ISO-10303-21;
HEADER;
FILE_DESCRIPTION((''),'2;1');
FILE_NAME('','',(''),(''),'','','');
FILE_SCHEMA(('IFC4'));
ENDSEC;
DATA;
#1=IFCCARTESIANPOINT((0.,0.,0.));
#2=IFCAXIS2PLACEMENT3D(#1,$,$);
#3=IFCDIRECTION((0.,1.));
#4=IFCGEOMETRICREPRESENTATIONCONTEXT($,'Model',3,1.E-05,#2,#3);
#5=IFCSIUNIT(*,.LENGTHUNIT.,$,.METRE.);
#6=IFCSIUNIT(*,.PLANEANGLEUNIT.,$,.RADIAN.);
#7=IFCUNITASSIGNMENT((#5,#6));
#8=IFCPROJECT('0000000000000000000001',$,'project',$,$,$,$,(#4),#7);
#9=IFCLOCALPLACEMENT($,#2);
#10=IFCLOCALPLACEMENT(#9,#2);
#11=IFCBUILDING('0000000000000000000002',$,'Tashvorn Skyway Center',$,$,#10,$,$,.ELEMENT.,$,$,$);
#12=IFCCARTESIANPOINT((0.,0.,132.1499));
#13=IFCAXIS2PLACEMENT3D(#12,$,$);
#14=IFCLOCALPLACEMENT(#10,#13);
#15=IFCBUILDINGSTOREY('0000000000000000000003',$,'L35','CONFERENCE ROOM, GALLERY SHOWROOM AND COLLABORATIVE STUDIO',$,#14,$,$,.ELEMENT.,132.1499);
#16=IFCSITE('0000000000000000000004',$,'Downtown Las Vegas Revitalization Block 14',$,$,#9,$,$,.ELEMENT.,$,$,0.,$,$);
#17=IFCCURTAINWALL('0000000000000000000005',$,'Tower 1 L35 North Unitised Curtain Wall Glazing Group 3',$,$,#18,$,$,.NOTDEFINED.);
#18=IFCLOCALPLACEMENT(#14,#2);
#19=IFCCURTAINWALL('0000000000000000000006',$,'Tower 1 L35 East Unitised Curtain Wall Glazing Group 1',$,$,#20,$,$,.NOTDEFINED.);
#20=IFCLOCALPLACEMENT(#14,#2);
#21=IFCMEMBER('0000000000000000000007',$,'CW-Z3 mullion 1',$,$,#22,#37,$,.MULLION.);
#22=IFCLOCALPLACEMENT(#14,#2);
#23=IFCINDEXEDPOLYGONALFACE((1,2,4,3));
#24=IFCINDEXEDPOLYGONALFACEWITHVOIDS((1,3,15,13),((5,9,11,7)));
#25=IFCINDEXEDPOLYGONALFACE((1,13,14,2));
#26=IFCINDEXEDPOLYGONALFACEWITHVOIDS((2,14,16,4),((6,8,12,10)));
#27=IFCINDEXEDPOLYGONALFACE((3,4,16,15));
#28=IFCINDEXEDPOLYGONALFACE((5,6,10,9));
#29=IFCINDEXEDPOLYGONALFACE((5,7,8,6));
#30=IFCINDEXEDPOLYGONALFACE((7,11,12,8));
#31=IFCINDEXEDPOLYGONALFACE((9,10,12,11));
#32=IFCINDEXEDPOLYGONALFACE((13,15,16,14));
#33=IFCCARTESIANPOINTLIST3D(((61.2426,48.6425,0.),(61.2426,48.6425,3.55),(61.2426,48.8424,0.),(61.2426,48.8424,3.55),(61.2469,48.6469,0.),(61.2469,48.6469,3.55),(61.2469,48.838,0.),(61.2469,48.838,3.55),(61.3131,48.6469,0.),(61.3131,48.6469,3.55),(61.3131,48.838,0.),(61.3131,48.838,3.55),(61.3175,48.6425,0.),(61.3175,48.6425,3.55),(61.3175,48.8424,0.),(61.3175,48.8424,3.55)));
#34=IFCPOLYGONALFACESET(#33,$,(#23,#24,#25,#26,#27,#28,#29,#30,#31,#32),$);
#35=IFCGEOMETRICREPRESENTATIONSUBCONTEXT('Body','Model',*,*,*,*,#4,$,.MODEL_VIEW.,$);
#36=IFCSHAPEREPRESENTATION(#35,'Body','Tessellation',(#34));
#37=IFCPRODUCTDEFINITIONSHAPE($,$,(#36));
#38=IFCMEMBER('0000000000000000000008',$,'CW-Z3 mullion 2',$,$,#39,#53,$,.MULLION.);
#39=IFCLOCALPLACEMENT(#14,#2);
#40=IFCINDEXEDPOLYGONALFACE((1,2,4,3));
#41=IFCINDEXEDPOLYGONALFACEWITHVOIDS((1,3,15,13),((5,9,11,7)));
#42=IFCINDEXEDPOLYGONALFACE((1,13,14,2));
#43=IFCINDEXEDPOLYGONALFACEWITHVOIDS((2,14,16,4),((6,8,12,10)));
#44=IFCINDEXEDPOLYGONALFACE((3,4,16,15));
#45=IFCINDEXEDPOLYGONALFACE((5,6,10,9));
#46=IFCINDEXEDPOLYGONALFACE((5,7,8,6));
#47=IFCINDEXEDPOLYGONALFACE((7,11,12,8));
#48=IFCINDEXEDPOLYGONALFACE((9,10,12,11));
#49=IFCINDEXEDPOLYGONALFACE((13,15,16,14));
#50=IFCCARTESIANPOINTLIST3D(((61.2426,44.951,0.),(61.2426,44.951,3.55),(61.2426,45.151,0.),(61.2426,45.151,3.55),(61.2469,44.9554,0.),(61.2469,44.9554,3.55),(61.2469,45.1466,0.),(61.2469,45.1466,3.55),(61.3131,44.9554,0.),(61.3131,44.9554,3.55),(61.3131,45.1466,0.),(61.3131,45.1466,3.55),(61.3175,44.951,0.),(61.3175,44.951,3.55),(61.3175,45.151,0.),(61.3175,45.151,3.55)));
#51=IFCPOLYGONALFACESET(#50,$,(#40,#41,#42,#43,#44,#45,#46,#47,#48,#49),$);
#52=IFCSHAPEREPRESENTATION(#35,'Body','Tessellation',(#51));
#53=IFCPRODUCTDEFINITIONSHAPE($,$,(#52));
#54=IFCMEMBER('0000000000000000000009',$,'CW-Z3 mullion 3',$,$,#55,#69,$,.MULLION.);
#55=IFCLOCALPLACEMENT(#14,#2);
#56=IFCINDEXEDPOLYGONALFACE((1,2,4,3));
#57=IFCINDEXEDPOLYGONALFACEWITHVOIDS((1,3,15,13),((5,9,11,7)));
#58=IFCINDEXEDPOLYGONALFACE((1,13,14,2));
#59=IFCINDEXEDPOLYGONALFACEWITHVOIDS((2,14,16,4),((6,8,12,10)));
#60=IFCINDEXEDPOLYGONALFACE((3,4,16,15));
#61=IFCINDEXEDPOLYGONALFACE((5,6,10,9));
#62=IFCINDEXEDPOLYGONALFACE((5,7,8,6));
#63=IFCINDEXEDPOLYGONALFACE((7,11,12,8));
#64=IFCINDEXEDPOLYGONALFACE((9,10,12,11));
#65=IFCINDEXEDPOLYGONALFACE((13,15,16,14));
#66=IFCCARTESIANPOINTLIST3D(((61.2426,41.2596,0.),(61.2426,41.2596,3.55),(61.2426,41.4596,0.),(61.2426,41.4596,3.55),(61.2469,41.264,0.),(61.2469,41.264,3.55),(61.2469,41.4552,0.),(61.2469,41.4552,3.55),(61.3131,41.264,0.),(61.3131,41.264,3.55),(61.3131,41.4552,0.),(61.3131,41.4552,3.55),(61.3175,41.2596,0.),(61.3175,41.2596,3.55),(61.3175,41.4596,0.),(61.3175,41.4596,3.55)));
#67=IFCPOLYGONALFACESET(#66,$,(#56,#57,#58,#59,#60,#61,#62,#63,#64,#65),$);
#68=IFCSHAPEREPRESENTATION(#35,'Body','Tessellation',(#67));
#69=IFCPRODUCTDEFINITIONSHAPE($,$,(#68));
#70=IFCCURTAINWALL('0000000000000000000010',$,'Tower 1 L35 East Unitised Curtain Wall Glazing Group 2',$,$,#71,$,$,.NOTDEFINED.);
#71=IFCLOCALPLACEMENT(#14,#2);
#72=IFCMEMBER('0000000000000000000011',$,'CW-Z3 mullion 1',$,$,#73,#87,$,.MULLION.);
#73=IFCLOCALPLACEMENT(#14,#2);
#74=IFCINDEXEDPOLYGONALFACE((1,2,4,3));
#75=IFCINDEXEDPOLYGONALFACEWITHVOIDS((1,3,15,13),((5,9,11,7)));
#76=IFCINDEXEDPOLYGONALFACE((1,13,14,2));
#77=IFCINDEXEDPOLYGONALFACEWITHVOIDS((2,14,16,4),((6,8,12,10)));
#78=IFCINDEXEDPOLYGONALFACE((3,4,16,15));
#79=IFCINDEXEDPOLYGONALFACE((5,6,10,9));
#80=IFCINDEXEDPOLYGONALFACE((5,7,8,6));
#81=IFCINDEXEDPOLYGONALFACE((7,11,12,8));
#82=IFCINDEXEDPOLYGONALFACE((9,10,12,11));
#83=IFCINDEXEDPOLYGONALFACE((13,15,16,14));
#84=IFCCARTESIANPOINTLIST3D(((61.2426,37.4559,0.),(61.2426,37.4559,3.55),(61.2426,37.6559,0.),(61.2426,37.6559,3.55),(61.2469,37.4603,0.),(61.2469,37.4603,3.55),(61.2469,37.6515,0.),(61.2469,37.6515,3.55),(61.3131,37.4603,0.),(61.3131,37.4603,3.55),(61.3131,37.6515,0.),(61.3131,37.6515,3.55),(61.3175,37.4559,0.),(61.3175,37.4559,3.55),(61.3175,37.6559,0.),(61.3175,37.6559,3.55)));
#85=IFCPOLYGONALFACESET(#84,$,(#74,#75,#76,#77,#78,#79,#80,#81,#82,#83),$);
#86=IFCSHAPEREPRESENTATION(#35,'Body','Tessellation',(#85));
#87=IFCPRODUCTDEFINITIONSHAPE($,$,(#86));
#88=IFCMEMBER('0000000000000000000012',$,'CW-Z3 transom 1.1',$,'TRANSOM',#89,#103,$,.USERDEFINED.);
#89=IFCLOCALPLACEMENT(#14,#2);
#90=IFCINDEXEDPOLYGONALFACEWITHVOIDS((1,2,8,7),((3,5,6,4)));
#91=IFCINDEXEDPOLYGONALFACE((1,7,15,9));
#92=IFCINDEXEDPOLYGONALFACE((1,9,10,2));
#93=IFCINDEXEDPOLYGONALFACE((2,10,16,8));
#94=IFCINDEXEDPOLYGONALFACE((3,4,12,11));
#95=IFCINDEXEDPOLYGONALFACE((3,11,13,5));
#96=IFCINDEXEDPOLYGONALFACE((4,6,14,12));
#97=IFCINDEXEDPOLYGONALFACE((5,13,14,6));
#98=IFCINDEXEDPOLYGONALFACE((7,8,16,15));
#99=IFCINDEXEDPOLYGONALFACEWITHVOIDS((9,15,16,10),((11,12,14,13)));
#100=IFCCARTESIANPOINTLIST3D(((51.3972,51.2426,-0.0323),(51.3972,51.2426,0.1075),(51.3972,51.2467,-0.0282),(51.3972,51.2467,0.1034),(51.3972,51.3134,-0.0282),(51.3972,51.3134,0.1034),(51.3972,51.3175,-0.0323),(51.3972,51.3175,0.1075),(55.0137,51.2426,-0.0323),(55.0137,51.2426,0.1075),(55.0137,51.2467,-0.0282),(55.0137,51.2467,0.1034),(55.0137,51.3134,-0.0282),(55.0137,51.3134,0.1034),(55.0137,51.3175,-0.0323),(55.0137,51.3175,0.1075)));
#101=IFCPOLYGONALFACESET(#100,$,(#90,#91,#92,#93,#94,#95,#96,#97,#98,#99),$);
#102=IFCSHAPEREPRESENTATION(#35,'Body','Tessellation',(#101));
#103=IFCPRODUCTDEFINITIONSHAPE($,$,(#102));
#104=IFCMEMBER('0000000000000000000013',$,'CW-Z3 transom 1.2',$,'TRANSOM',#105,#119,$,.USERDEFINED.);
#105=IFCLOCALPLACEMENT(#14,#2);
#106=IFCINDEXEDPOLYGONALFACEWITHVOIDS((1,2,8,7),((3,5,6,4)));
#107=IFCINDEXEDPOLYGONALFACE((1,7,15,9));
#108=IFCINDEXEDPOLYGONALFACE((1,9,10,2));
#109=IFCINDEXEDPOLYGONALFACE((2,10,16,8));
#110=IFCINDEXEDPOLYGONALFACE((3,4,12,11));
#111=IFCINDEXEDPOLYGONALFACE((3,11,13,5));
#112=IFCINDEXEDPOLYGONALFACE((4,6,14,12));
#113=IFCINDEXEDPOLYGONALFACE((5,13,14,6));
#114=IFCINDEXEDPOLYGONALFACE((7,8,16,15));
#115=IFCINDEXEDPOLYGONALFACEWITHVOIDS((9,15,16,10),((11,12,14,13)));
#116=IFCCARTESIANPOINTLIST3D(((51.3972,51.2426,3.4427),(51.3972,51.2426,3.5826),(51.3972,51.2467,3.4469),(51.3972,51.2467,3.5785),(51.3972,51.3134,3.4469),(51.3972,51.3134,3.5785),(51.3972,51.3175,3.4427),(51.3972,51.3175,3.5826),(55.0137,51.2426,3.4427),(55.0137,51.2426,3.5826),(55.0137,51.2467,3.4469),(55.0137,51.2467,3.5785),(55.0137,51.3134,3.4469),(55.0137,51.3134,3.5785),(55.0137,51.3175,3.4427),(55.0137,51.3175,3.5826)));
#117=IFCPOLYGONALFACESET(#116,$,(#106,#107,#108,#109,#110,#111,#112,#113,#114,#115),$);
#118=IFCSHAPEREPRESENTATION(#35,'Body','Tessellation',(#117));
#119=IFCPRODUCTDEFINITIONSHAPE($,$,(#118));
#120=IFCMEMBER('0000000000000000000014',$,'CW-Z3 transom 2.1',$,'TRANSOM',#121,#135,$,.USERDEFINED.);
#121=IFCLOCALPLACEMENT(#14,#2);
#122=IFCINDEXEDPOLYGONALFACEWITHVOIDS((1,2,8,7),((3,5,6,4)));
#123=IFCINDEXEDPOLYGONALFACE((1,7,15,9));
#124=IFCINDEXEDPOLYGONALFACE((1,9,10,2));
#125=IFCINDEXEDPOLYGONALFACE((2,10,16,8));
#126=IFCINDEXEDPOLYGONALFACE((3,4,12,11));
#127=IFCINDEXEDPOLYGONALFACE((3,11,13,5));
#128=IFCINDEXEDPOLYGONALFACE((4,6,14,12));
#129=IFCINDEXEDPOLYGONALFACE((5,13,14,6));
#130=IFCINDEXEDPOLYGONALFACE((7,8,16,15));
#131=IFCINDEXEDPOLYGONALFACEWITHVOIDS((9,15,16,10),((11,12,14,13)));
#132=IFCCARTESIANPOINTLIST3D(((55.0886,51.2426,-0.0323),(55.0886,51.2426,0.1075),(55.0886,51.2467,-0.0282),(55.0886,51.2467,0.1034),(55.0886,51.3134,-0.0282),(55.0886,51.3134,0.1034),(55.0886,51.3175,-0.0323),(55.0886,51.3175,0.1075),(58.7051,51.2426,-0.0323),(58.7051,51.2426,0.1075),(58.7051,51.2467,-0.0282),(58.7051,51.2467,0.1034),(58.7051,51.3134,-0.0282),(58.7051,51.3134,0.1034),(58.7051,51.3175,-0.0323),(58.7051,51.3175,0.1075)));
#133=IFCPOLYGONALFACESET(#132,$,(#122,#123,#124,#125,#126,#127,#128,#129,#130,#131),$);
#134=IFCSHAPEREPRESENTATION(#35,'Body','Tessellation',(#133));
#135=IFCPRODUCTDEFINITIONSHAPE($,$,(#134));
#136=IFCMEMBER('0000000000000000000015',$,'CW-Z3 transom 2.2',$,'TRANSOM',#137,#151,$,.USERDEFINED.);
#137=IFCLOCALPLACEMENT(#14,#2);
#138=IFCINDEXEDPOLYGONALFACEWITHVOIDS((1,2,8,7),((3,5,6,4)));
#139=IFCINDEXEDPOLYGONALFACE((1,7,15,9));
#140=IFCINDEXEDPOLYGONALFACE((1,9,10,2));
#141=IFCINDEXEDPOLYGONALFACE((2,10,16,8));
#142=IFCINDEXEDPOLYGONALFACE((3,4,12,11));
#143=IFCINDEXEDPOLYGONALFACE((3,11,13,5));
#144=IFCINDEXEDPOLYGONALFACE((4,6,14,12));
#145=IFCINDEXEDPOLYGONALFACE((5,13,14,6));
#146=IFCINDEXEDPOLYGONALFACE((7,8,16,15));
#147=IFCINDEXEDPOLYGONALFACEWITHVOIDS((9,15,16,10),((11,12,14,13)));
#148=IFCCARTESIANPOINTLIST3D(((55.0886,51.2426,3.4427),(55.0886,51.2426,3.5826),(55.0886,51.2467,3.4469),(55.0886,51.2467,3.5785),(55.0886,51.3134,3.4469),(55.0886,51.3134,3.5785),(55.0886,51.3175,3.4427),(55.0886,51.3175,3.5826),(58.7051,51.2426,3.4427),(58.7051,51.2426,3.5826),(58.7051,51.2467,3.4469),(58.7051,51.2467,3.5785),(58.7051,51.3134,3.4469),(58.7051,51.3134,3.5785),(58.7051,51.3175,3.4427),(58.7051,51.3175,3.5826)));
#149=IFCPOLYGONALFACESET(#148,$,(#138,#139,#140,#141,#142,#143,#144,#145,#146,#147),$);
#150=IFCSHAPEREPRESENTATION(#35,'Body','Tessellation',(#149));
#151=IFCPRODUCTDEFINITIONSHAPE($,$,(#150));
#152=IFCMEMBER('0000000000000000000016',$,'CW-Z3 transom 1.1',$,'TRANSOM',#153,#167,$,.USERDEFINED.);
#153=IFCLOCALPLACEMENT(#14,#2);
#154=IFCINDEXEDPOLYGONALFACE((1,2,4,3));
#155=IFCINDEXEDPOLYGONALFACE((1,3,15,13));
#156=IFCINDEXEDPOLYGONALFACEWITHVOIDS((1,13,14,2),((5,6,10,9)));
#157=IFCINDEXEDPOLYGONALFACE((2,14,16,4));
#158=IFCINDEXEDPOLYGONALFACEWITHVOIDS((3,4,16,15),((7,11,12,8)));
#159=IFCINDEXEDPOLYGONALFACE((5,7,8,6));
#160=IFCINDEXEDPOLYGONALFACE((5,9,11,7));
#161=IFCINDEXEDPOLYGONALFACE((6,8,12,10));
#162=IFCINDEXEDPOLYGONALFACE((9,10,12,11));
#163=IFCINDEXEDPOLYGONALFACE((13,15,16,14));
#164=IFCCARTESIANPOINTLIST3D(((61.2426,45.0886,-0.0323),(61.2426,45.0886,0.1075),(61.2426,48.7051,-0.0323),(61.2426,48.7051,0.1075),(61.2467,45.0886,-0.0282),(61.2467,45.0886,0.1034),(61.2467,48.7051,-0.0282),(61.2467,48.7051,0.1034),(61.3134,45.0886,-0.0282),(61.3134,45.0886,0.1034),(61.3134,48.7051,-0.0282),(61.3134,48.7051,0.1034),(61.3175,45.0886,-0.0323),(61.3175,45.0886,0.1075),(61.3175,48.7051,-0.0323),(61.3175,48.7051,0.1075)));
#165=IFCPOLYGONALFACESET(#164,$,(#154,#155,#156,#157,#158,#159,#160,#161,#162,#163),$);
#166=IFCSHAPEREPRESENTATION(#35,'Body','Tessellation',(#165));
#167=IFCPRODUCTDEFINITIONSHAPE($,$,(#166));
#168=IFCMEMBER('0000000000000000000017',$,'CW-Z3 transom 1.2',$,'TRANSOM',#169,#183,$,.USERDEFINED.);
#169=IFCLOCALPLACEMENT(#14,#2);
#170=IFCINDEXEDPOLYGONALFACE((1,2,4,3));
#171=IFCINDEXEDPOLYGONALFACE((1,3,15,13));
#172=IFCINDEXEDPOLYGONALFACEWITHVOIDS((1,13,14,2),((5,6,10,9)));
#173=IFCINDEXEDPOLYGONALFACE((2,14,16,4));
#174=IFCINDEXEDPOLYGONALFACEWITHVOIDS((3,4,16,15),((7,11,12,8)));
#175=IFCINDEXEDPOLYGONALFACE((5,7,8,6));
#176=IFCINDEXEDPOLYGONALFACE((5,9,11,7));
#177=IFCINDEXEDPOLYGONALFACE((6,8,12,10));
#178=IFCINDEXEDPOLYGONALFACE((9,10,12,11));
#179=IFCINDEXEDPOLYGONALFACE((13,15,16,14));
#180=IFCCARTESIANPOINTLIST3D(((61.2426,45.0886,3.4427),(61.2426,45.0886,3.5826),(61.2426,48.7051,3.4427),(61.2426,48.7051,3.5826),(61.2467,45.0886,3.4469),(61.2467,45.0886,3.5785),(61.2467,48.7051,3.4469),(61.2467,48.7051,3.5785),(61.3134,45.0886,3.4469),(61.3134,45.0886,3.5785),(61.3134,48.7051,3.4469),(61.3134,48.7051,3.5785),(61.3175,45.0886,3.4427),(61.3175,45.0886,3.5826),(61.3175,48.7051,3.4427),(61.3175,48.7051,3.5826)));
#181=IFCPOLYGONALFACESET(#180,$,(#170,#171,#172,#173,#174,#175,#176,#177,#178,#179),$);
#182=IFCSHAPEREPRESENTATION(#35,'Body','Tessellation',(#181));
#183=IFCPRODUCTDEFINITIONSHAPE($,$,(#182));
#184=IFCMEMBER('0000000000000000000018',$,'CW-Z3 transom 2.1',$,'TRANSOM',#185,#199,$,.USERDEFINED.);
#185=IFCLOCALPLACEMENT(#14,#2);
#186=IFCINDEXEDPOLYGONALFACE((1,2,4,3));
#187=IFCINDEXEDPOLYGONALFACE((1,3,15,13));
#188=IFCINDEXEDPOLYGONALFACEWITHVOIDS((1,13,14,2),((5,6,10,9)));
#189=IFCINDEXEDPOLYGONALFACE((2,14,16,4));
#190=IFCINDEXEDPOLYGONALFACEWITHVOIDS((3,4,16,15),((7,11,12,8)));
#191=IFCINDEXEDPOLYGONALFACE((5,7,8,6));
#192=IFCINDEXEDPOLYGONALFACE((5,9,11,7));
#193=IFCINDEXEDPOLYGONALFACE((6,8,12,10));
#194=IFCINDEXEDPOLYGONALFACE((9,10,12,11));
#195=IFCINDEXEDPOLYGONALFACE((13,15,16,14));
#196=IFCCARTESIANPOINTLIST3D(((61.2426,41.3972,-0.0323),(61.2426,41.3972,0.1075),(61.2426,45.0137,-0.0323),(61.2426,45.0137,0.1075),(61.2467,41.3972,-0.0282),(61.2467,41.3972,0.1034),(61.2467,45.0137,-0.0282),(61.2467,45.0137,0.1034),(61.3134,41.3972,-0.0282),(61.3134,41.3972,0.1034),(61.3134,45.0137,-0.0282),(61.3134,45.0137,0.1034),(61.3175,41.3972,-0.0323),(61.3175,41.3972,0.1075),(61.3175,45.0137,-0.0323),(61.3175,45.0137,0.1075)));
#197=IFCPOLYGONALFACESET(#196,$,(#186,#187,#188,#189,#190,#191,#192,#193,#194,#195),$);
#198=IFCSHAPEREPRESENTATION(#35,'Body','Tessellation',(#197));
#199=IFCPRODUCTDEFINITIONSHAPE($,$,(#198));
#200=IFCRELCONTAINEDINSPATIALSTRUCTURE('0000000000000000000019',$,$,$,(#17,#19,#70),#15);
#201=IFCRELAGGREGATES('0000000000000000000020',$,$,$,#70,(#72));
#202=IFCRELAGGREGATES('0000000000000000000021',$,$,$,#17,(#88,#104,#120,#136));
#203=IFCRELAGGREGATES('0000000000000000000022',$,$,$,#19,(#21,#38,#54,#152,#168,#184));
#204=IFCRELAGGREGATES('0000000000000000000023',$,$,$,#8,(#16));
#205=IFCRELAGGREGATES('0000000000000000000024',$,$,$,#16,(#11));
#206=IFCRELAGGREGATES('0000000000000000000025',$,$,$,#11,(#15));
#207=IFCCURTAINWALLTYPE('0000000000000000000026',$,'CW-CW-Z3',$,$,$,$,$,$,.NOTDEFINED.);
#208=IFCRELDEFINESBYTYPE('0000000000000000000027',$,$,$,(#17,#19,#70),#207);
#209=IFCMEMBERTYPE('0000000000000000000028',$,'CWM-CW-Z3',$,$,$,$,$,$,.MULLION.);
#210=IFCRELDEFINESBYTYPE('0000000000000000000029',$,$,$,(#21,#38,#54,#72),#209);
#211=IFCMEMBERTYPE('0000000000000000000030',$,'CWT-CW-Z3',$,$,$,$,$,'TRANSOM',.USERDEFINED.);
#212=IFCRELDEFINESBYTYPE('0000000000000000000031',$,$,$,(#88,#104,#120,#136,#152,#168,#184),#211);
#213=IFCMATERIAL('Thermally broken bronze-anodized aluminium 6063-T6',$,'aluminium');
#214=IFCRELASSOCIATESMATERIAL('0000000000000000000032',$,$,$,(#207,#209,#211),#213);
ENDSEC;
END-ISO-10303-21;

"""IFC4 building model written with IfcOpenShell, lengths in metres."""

from ifc_helpers import new_model, si_unit, direction, frame, origin, origin_2d, place, context, subcontext, project, spatial, hollow_rectangle, extrude, material, material_profile, profile_set, type_object, element, aggregate, save


model = new_model("IFC4")

# Units and contexts
model_context = context("Model", 3, precision=1e-05, world=origin(), true_north=direction((0.0, 1.0)))
body_context = subcontext(model_context, "Body", "Model", "MODEL_VIEW")
ifc_project = project(units=[si_unit("LENGTHUNIT", "METRE"), si_unit("PLANEANGLEUNIT", "RADIAN")], contexts=[model_context])

# Site, building, storey
site_placement = place(None, origin())
site = spatial("IfcSite", under=ifc_project, at=site_placement, Name="Downtown Las Vegas Revitalization Block 14", CompositionType="ELEMENT", RefElevation=0.0)
building_placement = place(site_placement, origin())
building = spatial("IfcBuilding", under=site, at=building_placement, Name="Tashvorn Skyway Center", CompositionType="ELEMENT")
storey_placement = place(building_placement, frame((0.0, 0.0, 132.1499)))
storey = spatial("IfcBuildingStorey", under=building, at=storey_placement, Name="L35", Description="CONFERENCE ROOM, GALLERY SHOWROOM AND COLLABORATIVE STUDIO", CompositionType="ELEMENT", Elevation=132.1499)

# Curtain walls, members
ifc_material_1 = material(Name="Thermally broken bronze-anodized aluminium 6063-T6", Category="aluminium")
curtain_wall_type = type_object("IfcCurtainWallType", Name="CW-CW-Z3", PredefinedType="NOTDEFINED", material=ifc_material_1)
curtain_wall_1_placement = place(storey_placement, origin())
curtain_wall_1 = element("IfcCurtainWall", 1, at=curtain_wall_1_placement, inside=storey, type_object=curtain_wall_type, Name="Tower 1 L35 North Unitised Curtain Wall Glazing Group 3", PredefinedType="NOTDEFINED")
ifc_material_profile_1 = material_profile(ifc_material_1, hollow_rectangle(XDim=0.075, YDim=0.2, WallThickness=0.0044, at=origin_2d()), Name="ALU-MULL-75x200")
ifc_profile_set_1 = profile_set([ifc_material_profile_1], Name="Thermally broken bronze-anodized aluminium 6063-T6")
member_type_1 = type_object("IfcMemberType", Name="CWM-CW-Z3", PredefinedType="MULLION", material=ifc_profile_set_1)
curtain_wall_2_placement = place(storey_placement, origin())
curtain_wall_2 = element("IfcCurtainWall", 2, at=curtain_wall_2_placement, inside=storey, type_object=curtain_wall_type, Name="Tower 1 L35 East Unitised Curtain Wall Glazing Group 1", PredefinedType="NOTDEFINED")
member_1_placement = place(storey_placement, frame((61.28, 48.7424, 0.0), z_axis=(0.0, 0.0, 1.0), x_axis=(1.0, 0.0, 0.0)))
member_1 = element("IfcMember", 3, at=member_1_placement, type_object=member_type_1, Name="CW-Z3 mullion 1", PredefinedType="MULLION", context=body_context, shape_type="SweptSolid", body=[
    extrude(hollow_rectangle(XDim=0.075, YDim=0.2, WallThickness=0.0044, at=origin_2d()), origin(), (0.0, 0.0, 1.0), 3.55),
])
member_2_placement = place(storey_placement, frame((61.28, 45.051, 0.0), z_axis=(0.0, 0.0, 1.0), x_axis=(1.0, 0.0, 0.0)))
member_2 = element("IfcMember", 4, at=member_2_placement, type_object=member_type_1, Name="CW-Z3 mullion 2", PredefinedType="MULLION", context=body_context, shape_type="SweptSolid", body=[
    extrude(hollow_rectangle(XDim=0.075, YDim=0.2, WallThickness=0.0044, at=origin_2d()), origin(), (0.0, 0.0, 1.0), 3.55),
])
member_3_placement = place(storey_placement, frame((61.28, 41.3596, 0.0), z_axis=(0.0, 0.0, 1.0), x_axis=(1.0, 0.0, 0.0)))
member_3 = element("IfcMember", 5, at=member_3_placement, type_object=member_type_1, Name="CW-Z3 mullion 3", PredefinedType="MULLION", context=body_context, shape_type="SweptSolid", body=[
    extrude(hollow_rectangle(XDim=0.075, YDim=0.2, WallThickness=0.0044, at=origin_2d()), origin(), (0.0, 0.0, 1.0), 3.55),
])

# Curtain wall, member
curtain_wall_3_placement = place(storey_placement, origin())
curtain_wall_3 = element("IfcCurtainWall", 6, at=curtain_wall_3_placement, inside=storey, type_object=curtain_wall_type, Name="Tower 1 L35 East Unitised Curtain Wall Glazing Group 2", PredefinedType="NOTDEFINED")
member_4_placement = place(storey_placement, frame((61.28, 37.5559, 0.0), z_axis=(0.0, 0.0, 1.0), x_axis=(1.0, 0.0, 0.0)))
member_4 = element("IfcMember", 7, at=member_4_placement, type_object=member_type_1, Name="CW-Z3 mullion 1", PredefinedType="MULLION", context=body_context, shape_type="SweptSolid", body=[
    extrude(hollow_rectangle(XDim=0.075, YDim=0.2, WallThickness=0.0044, at=origin_2d()), origin(), (0.0, 0.0, 1.0), 3.55),
])

# Members
ifc_material_profile_2 = material_profile(ifc_material_1, hollow_rectangle(XDim=0.075, YDim=0.1399, WallThickness=0.0042, at=origin_2d()), Name="ALU-TRAN-75x140")
ifc_profile_set_2 = profile_set([ifc_material_profile_2], Name="Thermally broken bronze-anodized aluminium 6063-T6")
member_type_2 = type_object("IfcMemberType", Name="CWT-CW-Z3", ElementType="TRANSOM", PredefinedType="USERDEFINED", material=ifc_profile_set_2)
member_5_placement = place(storey_placement, frame((51.3972, 51.28, 0.0376), z_axis=(1.0, 0.0, 0.0), x_axis=(0.0, 1.0, 0.0)))
member_5 = element("IfcMember", 8, at=member_5_placement, type_object=member_type_2, Name="CW-Z3 transom 1.1", ObjectType="TRANSOM", PredefinedType="USERDEFINED", context=body_context, shape_type="SweptSolid", body=[
    extrude(hollow_rectangle(XDim=0.075, YDim=0.1399, WallThickness=0.0042, at=origin_2d()), origin(), (0.0, 0.0, 1.0), 3.6165),
])
member_6_placement = place(storey_placement, frame((51.3972, 51.28, 3.5127), z_axis=(1.0, 0.0, 0.0), x_axis=(0.0, 1.0, 0.0)))
member_6 = element("IfcMember", 9, at=member_6_placement, type_object=member_type_2, Name="CW-Z3 transom 1.2", ObjectType="TRANSOM", PredefinedType="USERDEFINED", context=body_context, shape_type="SweptSolid", body=[
    extrude(hollow_rectangle(XDim=0.075, YDim=0.1399, WallThickness=0.0042, at=origin_2d()), origin(), (0.0, 0.0, 1.0), 3.6165),
])
member_7_placement = place(storey_placement, frame((55.0886, 51.28, 0.0376), z_axis=(1.0, 0.0, 0.0), x_axis=(0.0, 1.0, 0.0)))
member_7 = element("IfcMember", 10, at=member_7_placement, type_object=member_type_2, Name="CW-Z3 transom 2.1", ObjectType="TRANSOM", PredefinedType="USERDEFINED", context=body_context, shape_type="SweptSolid", body=[
    extrude(hollow_rectangle(XDim=0.075, YDim=0.1399, WallThickness=0.0042, at=origin_2d()), origin(), (0.0, 0.0, 1.0), 3.6165),
])
member_8_placement = place(storey_placement, frame((55.0886, 51.28, 3.5127), z_axis=(1.0, 0.0, 0.0), x_axis=(0.0, 1.0, 0.0)))
member_8 = element("IfcMember", 11, at=member_8_placement, type_object=member_type_2, Name="CW-Z3 transom 2.2", ObjectType="TRANSOM", PredefinedType="USERDEFINED", context=body_context, shape_type="SweptSolid", body=[
    extrude(hollow_rectangle(XDim=0.075, YDim=0.1399, WallThickness=0.0042, at=origin_2d()), origin(), (0.0, 0.0, 1.0), 3.6165),
])
member_9_placement = place(storey_placement, frame((61.28, 48.7051, 0.0376), z_axis=(0.0, -1.0, 0.0), x_axis=(1.0, 0.0, 0.0)))
member_9 = element("IfcMember", 12, at=member_9_placement, type_object=member_type_2, Name="CW-Z3 transom 1.1", ObjectType="TRANSOM", PredefinedType="USERDEFINED", context=body_context, shape_type="SweptSolid", body=[
    extrude(hollow_rectangle(XDim=0.075, YDim=0.1399, WallThickness=0.0042, at=origin_2d()), origin(), (0.0, 0.0, 1.0), 3.6165),
])
member_10_placement = place(storey_placement, frame((61.28, 48.7051, 3.5127), z_axis=(0.0, -1.0, 0.0), x_axis=(1.0, 0.0, 0.0)))
member_10 = element("IfcMember", 13, at=member_10_placement, type_object=member_type_2, Name="CW-Z3 transom 1.2", ObjectType="TRANSOM", PredefinedType="USERDEFINED", context=body_context, shape_type="SweptSolid", body=[
    extrude(hollow_rectangle(XDim=0.075, YDim=0.1399, WallThickness=0.0042, at=origin_2d()), origin(), (0.0, 0.0, 1.0), 3.6165),
])
member_11_placement = place(storey_placement, frame((61.28, 45.0137, 0.0376), z_axis=(0.0, -1.0, 0.0), x_axis=(1.0, 0.0, 0.0)))
member_11 = element("IfcMember", 14, at=member_11_placement, type_object=member_type_2, Name="CW-Z3 transom 2.1", ObjectType="TRANSOM", PredefinedType="USERDEFINED", context=body_context, shape_type="SweptSolid", body=[
    extrude(hollow_rectangle(XDim=0.075, YDim=0.1399, WallThickness=0.0042, at=origin_2d()), origin(), (0.0, 0.0, 1.0), 3.6165),
])
aggregate(curtain_wall_3, [member_4])

aggregate(curtain_wall_1, [member_5, member_6, member_7, member_8])
aggregate(curtain_wall_2, [member_1, member_2, member_3, member_9, member_10, member_11])

save(model, "model.ifc")
